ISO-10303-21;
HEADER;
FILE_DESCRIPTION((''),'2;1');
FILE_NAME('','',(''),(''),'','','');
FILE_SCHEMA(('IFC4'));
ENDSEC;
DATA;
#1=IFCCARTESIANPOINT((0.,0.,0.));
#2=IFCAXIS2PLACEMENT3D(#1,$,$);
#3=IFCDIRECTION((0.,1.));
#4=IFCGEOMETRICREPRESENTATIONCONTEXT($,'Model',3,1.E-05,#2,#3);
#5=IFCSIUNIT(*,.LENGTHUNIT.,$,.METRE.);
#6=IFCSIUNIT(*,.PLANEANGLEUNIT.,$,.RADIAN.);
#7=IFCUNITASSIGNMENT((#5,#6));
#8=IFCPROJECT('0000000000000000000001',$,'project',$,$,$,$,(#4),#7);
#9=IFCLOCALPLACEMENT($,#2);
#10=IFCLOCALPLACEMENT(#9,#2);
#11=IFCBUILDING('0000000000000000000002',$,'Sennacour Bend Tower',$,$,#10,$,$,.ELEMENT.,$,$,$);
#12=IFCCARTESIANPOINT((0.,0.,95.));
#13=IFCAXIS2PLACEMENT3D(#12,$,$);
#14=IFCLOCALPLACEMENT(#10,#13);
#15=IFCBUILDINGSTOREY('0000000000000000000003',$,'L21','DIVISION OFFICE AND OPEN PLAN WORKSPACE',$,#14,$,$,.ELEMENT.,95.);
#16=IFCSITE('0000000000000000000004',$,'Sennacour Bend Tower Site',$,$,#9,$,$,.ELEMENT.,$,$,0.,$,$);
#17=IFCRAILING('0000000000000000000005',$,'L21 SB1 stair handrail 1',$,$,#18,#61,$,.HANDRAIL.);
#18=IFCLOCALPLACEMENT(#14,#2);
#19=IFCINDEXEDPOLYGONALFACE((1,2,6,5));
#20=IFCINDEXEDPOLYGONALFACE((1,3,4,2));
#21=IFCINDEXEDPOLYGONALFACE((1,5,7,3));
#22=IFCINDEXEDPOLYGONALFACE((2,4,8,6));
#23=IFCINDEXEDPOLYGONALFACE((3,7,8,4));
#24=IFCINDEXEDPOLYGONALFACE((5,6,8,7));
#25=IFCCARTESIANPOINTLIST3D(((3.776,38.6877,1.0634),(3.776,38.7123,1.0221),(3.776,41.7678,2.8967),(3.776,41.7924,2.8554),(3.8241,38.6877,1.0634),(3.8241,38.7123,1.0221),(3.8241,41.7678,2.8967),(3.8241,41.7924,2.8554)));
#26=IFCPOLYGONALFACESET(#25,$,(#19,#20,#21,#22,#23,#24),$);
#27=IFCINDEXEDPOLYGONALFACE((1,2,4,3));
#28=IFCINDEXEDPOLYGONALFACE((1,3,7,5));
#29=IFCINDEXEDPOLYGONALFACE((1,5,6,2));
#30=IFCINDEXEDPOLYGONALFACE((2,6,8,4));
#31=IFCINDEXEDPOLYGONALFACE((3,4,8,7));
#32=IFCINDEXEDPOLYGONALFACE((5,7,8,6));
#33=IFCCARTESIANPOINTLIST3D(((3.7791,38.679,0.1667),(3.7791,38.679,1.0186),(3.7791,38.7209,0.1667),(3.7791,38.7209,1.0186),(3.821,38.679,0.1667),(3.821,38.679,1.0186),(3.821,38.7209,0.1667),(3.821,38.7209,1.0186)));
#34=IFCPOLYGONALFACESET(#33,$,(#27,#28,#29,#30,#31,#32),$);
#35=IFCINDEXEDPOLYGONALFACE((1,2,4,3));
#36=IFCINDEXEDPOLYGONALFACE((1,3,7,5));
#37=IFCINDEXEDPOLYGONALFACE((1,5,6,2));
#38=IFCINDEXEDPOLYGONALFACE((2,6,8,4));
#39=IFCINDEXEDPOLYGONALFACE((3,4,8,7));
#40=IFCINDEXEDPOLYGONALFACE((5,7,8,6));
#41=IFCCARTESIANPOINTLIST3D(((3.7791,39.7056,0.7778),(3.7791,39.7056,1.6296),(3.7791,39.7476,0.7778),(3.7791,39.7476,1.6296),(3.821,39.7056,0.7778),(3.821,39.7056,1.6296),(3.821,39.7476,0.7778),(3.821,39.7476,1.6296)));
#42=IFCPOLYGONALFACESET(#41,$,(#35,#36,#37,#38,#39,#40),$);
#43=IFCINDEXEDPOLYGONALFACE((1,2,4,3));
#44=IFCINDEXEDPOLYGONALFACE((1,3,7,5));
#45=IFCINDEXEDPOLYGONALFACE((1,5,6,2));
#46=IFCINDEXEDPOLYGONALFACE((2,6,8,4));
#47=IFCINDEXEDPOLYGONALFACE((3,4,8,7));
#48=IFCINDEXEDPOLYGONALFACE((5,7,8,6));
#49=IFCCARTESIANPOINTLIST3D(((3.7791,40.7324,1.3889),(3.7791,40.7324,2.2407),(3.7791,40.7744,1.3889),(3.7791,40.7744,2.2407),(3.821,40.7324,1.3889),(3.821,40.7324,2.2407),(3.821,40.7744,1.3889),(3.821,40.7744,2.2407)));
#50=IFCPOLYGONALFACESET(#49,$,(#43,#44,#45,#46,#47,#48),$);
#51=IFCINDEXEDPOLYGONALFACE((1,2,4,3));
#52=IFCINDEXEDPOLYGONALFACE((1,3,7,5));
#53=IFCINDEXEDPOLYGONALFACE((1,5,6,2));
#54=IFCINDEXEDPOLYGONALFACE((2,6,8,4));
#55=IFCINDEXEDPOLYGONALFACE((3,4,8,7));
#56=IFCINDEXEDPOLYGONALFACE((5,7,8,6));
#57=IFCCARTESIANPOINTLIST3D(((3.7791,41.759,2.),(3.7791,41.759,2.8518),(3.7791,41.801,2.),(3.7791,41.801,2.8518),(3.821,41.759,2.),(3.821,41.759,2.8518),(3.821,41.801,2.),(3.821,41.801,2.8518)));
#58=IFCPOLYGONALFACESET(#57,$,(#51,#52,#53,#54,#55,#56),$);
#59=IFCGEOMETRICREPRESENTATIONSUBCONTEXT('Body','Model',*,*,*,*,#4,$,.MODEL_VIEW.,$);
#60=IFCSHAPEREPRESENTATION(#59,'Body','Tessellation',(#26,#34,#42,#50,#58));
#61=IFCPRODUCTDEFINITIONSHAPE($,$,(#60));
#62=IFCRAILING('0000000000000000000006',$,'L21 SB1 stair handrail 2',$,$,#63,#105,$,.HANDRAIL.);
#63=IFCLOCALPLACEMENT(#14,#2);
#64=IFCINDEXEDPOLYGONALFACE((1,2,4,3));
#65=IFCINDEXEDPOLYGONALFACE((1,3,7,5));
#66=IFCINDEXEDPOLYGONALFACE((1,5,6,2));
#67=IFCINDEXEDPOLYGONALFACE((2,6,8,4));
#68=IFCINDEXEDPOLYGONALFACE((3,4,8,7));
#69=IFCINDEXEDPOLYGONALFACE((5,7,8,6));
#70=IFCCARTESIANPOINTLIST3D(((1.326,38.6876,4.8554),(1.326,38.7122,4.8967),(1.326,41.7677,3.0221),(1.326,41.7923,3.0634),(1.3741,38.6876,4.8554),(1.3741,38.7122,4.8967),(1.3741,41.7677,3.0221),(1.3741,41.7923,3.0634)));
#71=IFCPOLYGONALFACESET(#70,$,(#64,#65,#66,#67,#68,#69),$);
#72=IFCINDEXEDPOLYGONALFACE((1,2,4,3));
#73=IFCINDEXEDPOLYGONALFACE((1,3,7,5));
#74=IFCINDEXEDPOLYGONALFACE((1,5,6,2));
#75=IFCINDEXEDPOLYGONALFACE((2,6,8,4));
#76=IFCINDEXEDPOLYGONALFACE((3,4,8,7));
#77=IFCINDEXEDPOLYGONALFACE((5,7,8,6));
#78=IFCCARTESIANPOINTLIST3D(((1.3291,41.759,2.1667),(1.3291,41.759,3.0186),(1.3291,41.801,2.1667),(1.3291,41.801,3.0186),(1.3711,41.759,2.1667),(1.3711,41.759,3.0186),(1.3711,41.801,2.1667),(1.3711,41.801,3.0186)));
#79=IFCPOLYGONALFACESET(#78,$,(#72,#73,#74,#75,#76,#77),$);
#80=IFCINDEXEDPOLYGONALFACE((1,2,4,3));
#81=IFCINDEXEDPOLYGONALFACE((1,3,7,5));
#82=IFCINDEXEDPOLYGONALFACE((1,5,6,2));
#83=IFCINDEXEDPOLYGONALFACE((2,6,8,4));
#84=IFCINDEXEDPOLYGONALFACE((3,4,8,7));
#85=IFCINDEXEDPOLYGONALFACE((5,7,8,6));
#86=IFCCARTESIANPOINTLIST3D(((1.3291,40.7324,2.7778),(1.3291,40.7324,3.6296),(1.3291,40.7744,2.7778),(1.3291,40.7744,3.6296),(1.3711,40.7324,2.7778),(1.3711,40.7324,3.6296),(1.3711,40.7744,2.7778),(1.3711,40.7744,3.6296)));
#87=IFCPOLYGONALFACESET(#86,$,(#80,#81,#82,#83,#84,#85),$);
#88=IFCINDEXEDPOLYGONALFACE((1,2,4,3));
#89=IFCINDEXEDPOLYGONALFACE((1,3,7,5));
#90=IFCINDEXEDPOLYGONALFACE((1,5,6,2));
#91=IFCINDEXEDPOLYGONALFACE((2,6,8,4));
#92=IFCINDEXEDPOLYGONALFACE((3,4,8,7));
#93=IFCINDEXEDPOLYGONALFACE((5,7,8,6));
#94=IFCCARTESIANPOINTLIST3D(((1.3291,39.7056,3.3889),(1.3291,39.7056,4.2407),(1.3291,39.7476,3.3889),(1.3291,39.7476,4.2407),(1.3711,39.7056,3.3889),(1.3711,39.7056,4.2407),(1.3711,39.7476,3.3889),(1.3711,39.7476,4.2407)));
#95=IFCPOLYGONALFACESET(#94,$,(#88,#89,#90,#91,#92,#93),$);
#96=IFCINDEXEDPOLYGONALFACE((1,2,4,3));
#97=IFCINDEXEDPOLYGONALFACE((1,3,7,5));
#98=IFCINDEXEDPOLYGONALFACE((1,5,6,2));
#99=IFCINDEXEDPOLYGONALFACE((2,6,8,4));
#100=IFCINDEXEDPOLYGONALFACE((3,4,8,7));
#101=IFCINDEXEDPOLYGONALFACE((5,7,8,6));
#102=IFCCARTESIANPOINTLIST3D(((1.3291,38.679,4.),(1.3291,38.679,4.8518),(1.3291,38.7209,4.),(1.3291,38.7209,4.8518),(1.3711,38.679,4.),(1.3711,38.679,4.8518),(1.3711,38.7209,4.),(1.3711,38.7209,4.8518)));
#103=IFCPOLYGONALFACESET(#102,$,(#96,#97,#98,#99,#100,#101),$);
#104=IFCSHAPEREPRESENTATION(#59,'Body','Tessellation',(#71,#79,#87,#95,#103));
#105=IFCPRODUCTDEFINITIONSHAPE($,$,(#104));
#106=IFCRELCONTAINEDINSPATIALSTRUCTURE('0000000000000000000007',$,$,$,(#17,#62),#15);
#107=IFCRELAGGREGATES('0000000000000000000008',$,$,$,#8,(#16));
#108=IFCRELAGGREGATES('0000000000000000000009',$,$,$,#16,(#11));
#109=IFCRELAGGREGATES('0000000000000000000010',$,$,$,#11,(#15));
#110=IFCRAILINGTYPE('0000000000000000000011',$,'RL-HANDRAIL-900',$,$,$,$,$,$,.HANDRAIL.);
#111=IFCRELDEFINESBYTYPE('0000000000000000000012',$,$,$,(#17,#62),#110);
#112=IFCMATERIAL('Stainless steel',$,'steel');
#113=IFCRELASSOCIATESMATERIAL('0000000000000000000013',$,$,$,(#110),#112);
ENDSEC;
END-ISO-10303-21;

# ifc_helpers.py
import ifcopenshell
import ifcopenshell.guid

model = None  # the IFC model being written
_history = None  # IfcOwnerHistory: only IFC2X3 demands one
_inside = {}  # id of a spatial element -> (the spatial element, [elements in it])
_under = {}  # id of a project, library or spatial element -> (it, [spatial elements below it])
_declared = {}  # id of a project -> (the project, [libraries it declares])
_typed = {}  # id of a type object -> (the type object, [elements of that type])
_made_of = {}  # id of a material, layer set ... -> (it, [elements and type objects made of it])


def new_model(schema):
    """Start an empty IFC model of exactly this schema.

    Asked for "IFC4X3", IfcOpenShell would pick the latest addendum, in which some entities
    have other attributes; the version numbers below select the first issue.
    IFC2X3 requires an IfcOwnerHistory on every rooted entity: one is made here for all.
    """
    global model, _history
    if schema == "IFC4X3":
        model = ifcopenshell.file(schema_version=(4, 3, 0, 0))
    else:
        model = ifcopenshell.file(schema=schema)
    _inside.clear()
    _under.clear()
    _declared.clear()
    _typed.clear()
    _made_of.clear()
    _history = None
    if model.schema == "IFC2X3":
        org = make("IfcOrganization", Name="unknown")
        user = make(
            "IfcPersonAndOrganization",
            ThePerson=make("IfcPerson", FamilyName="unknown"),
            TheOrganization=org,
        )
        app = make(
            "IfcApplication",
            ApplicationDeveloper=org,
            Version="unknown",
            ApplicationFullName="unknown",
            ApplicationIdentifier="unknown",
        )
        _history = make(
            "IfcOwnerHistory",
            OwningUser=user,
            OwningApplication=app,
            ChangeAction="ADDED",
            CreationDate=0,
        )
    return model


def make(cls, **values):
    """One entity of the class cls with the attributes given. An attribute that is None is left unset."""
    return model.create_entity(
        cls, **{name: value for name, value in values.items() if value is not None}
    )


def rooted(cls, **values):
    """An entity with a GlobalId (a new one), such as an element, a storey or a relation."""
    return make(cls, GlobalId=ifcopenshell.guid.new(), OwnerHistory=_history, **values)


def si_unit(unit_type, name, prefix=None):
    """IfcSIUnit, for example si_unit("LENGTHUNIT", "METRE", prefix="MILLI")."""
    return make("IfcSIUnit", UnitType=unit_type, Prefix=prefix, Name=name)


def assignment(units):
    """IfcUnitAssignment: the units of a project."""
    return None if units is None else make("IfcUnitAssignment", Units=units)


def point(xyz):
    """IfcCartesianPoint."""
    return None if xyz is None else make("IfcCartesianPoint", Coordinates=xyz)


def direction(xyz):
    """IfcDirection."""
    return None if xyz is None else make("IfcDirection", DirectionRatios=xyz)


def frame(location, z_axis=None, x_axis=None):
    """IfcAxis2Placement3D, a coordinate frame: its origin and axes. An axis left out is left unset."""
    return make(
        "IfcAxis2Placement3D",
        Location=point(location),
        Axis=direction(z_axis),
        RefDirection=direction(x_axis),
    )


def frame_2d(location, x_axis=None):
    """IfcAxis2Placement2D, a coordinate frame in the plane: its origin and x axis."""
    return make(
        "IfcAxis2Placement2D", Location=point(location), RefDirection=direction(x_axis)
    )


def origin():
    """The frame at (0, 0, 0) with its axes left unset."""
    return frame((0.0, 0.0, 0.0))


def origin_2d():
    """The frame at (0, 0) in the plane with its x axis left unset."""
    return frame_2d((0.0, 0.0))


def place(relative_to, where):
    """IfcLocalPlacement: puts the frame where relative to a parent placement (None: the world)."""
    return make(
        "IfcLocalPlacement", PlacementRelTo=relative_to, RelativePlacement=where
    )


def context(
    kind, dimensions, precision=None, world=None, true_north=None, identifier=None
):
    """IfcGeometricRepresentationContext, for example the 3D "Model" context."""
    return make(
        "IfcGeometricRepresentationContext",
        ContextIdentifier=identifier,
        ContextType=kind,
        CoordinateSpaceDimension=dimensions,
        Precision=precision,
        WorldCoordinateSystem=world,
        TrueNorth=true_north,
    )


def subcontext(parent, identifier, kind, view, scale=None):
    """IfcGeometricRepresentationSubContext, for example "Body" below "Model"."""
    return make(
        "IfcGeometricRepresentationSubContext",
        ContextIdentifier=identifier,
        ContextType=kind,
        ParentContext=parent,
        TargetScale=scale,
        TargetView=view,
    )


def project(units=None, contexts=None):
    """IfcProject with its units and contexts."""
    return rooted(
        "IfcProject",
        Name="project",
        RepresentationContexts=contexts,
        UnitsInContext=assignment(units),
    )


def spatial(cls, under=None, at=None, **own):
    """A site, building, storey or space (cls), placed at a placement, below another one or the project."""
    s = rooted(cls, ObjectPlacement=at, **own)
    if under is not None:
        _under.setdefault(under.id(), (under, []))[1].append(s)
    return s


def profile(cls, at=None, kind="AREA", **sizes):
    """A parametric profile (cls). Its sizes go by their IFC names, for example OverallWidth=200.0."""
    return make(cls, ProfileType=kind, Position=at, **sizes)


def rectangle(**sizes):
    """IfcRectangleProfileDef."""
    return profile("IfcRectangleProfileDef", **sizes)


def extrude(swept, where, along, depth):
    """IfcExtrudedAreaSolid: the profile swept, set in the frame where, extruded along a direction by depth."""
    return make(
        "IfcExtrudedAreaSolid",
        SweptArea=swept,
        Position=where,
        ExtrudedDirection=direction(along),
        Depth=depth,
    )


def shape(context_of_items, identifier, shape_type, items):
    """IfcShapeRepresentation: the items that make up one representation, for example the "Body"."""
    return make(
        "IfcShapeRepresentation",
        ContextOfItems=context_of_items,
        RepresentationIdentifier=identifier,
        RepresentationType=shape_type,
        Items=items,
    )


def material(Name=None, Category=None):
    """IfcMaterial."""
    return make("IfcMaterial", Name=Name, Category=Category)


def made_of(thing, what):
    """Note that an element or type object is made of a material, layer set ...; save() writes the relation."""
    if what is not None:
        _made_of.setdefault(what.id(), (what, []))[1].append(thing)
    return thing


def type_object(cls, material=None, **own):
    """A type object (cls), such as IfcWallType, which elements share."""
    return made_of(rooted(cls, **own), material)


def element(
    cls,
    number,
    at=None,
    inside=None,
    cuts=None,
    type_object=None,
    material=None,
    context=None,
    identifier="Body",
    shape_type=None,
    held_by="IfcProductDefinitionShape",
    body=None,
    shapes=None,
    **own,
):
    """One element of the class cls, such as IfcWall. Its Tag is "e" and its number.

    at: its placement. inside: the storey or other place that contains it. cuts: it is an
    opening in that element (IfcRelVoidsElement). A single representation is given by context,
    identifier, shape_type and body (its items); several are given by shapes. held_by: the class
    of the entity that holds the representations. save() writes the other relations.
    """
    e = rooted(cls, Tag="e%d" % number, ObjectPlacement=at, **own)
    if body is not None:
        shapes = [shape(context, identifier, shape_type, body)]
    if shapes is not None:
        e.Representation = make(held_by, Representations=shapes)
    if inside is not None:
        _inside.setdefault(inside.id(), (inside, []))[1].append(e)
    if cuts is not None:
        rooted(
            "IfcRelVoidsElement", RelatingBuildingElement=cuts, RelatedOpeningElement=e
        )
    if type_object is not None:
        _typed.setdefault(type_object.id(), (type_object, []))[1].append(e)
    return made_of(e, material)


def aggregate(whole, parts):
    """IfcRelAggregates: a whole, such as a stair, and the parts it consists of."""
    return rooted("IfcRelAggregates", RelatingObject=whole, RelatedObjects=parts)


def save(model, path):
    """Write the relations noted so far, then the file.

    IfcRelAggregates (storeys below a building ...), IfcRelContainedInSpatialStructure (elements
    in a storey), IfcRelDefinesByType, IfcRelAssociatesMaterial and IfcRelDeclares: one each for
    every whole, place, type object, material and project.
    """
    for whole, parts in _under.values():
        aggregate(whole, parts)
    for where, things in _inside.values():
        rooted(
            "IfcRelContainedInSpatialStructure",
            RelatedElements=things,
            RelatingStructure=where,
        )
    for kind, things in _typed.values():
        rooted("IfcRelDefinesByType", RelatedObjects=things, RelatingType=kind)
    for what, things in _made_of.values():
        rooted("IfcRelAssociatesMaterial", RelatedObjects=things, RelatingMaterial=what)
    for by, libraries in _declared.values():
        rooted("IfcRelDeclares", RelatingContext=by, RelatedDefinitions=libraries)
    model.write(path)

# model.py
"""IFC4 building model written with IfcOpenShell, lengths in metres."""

from ifc_helpers import new_model, si_unit, direction, frame, origin, origin_2d, place, context, subcontext, project, spatial, rectangle, extrude, material, type_object, element, save


model = new_model("IFC4")

# Units and contexts
model_context = context("Model", 3, precision=1e-05, world=origin(), true_north=direction((0.0, 1.0)))
body_context = subcontext(model_context, "Body", "Model", "MODEL_VIEW")
ifc_project = project(units=[si_unit("LENGTHUNIT", "METRE"), si_unit("PLANEANGLEUNIT", "RADIAN")], contexts=[model_context])

# Site, building, storey
site_placement = place(None, origin())
site = spatial("IfcSite", under=ifc_project, at=site_placement, Name="Sennacour Bend Tower Site", CompositionType="ELEMENT", RefElevation=0.0)
building_placement = place(site_placement, origin())
building = spatial("IfcBuilding", under=site, at=building_placement, Name="Sennacour Bend Tower", CompositionType="ELEMENT")
storey_placement = place(building_placement, frame((0.0, 0.0, 95.0)))
storey = spatial("IfcBuildingStorey", under=building, at=storey_placement, Name="L21", Description="DIVISION OFFICE AND OPEN PLAN WORKSPACE", CompositionType="ELEMENT", Elevation=95.0)

# Railings
ifc_material_1 = material(Name="Stainless steel", Category="steel")
railing_type_1 = type_object("IfcRailingType", Name="RL-HANDRAIL-900", PredefinedType="HANDRAIL", material=ifc_material_1)
railing_1_placement = place(storey_placement, frame((3.8, 38.7, 0.1667)))
element("IfcRailing", 1, at=railing_1_placement, inside=storey, type_object=railing_type_1, Name="L21 SB1 stair handrail 1", PredefinedType="HANDRAIL", context=body_context, shape_type="SweptSolid", body=[
    extrude(rectangle(XDim=0.0481, YDim=0.0481, at=origin_2d()), frame((0.0, 0.0, 0.876), z_axis=(0.0, 0.859309, 0.511458), x_axis=(-1.0, 0.0, 0.0)), (0.0, 0.0, 1.0), 3.5845),
    extrude(rectangle(XDim=0.042, YDim=0.042, at=origin_2d()), origin(), (0.0, 0.0, 1.0), 0.8518),
    extrude(rectangle(XDim=0.042, YDim=0.042, at=origin_2d()), frame((0.0, 1.0266, 0.6111)), (0.0, 0.0, 1.0), 0.8518),
    extrude(rectangle(XDim=0.042, YDim=0.042, at=origin_2d()), frame((0.0, 2.0535, 1.2222)), (0.0, 0.0, 1.0), 0.8518),
    extrude(rectangle(XDim=0.042, YDim=0.042, at=origin_2d()), frame((0.0, 3.0801, 1.8333)), (0.0, 0.0, 1.0), 0.8518),
])
railing_2_placement = place(storey_placement, frame((1.3501, 41.78, 2.1667)))
element("IfcRailing", 2, at=railing_2_placement, inside=storey, type_object=railing_type_1, Name="L21 SB1 stair handrail 2", PredefinedType="HANDRAIL", context=body_context, shape_type="SweptSolid", body=[
    extrude(rectangle(XDim=0.0481, YDim=0.0481, at=origin_2d()), frame((0.0, 0.0, 0.876), z_axis=(0.0, -0.859309, 0.511458), x_axis=(1.0, 0.0, 0.0)), (0.0, 0.0, 1.0), 3.5845),
    extrude(rectangle(XDim=0.042, YDim=0.042, at=origin_2d()), origin(), (0.0, 0.0, 1.0), 0.8518),
    extrude(rectangle(XDim=0.042, YDim=0.042, at=origin_2d()), frame((0.0, -1.0266, 0.6111)), (0.0, 0.0, 1.0), 0.8518),
    extrude(rectangle(XDim=0.042, YDim=0.042, at=origin_2d()), frame((0.0, -2.0535, 1.2222)), (0.0, 0.0, 1.0), 0.8518),
    extrude(rectangle(XDim=0.042, YDim=0.042, at=origin_2d()), frame((0.0, -3.0801, 1.8333)), (0.0, 0.0, 1.0), 0.8518),
])

save(model, "model.ifc")
